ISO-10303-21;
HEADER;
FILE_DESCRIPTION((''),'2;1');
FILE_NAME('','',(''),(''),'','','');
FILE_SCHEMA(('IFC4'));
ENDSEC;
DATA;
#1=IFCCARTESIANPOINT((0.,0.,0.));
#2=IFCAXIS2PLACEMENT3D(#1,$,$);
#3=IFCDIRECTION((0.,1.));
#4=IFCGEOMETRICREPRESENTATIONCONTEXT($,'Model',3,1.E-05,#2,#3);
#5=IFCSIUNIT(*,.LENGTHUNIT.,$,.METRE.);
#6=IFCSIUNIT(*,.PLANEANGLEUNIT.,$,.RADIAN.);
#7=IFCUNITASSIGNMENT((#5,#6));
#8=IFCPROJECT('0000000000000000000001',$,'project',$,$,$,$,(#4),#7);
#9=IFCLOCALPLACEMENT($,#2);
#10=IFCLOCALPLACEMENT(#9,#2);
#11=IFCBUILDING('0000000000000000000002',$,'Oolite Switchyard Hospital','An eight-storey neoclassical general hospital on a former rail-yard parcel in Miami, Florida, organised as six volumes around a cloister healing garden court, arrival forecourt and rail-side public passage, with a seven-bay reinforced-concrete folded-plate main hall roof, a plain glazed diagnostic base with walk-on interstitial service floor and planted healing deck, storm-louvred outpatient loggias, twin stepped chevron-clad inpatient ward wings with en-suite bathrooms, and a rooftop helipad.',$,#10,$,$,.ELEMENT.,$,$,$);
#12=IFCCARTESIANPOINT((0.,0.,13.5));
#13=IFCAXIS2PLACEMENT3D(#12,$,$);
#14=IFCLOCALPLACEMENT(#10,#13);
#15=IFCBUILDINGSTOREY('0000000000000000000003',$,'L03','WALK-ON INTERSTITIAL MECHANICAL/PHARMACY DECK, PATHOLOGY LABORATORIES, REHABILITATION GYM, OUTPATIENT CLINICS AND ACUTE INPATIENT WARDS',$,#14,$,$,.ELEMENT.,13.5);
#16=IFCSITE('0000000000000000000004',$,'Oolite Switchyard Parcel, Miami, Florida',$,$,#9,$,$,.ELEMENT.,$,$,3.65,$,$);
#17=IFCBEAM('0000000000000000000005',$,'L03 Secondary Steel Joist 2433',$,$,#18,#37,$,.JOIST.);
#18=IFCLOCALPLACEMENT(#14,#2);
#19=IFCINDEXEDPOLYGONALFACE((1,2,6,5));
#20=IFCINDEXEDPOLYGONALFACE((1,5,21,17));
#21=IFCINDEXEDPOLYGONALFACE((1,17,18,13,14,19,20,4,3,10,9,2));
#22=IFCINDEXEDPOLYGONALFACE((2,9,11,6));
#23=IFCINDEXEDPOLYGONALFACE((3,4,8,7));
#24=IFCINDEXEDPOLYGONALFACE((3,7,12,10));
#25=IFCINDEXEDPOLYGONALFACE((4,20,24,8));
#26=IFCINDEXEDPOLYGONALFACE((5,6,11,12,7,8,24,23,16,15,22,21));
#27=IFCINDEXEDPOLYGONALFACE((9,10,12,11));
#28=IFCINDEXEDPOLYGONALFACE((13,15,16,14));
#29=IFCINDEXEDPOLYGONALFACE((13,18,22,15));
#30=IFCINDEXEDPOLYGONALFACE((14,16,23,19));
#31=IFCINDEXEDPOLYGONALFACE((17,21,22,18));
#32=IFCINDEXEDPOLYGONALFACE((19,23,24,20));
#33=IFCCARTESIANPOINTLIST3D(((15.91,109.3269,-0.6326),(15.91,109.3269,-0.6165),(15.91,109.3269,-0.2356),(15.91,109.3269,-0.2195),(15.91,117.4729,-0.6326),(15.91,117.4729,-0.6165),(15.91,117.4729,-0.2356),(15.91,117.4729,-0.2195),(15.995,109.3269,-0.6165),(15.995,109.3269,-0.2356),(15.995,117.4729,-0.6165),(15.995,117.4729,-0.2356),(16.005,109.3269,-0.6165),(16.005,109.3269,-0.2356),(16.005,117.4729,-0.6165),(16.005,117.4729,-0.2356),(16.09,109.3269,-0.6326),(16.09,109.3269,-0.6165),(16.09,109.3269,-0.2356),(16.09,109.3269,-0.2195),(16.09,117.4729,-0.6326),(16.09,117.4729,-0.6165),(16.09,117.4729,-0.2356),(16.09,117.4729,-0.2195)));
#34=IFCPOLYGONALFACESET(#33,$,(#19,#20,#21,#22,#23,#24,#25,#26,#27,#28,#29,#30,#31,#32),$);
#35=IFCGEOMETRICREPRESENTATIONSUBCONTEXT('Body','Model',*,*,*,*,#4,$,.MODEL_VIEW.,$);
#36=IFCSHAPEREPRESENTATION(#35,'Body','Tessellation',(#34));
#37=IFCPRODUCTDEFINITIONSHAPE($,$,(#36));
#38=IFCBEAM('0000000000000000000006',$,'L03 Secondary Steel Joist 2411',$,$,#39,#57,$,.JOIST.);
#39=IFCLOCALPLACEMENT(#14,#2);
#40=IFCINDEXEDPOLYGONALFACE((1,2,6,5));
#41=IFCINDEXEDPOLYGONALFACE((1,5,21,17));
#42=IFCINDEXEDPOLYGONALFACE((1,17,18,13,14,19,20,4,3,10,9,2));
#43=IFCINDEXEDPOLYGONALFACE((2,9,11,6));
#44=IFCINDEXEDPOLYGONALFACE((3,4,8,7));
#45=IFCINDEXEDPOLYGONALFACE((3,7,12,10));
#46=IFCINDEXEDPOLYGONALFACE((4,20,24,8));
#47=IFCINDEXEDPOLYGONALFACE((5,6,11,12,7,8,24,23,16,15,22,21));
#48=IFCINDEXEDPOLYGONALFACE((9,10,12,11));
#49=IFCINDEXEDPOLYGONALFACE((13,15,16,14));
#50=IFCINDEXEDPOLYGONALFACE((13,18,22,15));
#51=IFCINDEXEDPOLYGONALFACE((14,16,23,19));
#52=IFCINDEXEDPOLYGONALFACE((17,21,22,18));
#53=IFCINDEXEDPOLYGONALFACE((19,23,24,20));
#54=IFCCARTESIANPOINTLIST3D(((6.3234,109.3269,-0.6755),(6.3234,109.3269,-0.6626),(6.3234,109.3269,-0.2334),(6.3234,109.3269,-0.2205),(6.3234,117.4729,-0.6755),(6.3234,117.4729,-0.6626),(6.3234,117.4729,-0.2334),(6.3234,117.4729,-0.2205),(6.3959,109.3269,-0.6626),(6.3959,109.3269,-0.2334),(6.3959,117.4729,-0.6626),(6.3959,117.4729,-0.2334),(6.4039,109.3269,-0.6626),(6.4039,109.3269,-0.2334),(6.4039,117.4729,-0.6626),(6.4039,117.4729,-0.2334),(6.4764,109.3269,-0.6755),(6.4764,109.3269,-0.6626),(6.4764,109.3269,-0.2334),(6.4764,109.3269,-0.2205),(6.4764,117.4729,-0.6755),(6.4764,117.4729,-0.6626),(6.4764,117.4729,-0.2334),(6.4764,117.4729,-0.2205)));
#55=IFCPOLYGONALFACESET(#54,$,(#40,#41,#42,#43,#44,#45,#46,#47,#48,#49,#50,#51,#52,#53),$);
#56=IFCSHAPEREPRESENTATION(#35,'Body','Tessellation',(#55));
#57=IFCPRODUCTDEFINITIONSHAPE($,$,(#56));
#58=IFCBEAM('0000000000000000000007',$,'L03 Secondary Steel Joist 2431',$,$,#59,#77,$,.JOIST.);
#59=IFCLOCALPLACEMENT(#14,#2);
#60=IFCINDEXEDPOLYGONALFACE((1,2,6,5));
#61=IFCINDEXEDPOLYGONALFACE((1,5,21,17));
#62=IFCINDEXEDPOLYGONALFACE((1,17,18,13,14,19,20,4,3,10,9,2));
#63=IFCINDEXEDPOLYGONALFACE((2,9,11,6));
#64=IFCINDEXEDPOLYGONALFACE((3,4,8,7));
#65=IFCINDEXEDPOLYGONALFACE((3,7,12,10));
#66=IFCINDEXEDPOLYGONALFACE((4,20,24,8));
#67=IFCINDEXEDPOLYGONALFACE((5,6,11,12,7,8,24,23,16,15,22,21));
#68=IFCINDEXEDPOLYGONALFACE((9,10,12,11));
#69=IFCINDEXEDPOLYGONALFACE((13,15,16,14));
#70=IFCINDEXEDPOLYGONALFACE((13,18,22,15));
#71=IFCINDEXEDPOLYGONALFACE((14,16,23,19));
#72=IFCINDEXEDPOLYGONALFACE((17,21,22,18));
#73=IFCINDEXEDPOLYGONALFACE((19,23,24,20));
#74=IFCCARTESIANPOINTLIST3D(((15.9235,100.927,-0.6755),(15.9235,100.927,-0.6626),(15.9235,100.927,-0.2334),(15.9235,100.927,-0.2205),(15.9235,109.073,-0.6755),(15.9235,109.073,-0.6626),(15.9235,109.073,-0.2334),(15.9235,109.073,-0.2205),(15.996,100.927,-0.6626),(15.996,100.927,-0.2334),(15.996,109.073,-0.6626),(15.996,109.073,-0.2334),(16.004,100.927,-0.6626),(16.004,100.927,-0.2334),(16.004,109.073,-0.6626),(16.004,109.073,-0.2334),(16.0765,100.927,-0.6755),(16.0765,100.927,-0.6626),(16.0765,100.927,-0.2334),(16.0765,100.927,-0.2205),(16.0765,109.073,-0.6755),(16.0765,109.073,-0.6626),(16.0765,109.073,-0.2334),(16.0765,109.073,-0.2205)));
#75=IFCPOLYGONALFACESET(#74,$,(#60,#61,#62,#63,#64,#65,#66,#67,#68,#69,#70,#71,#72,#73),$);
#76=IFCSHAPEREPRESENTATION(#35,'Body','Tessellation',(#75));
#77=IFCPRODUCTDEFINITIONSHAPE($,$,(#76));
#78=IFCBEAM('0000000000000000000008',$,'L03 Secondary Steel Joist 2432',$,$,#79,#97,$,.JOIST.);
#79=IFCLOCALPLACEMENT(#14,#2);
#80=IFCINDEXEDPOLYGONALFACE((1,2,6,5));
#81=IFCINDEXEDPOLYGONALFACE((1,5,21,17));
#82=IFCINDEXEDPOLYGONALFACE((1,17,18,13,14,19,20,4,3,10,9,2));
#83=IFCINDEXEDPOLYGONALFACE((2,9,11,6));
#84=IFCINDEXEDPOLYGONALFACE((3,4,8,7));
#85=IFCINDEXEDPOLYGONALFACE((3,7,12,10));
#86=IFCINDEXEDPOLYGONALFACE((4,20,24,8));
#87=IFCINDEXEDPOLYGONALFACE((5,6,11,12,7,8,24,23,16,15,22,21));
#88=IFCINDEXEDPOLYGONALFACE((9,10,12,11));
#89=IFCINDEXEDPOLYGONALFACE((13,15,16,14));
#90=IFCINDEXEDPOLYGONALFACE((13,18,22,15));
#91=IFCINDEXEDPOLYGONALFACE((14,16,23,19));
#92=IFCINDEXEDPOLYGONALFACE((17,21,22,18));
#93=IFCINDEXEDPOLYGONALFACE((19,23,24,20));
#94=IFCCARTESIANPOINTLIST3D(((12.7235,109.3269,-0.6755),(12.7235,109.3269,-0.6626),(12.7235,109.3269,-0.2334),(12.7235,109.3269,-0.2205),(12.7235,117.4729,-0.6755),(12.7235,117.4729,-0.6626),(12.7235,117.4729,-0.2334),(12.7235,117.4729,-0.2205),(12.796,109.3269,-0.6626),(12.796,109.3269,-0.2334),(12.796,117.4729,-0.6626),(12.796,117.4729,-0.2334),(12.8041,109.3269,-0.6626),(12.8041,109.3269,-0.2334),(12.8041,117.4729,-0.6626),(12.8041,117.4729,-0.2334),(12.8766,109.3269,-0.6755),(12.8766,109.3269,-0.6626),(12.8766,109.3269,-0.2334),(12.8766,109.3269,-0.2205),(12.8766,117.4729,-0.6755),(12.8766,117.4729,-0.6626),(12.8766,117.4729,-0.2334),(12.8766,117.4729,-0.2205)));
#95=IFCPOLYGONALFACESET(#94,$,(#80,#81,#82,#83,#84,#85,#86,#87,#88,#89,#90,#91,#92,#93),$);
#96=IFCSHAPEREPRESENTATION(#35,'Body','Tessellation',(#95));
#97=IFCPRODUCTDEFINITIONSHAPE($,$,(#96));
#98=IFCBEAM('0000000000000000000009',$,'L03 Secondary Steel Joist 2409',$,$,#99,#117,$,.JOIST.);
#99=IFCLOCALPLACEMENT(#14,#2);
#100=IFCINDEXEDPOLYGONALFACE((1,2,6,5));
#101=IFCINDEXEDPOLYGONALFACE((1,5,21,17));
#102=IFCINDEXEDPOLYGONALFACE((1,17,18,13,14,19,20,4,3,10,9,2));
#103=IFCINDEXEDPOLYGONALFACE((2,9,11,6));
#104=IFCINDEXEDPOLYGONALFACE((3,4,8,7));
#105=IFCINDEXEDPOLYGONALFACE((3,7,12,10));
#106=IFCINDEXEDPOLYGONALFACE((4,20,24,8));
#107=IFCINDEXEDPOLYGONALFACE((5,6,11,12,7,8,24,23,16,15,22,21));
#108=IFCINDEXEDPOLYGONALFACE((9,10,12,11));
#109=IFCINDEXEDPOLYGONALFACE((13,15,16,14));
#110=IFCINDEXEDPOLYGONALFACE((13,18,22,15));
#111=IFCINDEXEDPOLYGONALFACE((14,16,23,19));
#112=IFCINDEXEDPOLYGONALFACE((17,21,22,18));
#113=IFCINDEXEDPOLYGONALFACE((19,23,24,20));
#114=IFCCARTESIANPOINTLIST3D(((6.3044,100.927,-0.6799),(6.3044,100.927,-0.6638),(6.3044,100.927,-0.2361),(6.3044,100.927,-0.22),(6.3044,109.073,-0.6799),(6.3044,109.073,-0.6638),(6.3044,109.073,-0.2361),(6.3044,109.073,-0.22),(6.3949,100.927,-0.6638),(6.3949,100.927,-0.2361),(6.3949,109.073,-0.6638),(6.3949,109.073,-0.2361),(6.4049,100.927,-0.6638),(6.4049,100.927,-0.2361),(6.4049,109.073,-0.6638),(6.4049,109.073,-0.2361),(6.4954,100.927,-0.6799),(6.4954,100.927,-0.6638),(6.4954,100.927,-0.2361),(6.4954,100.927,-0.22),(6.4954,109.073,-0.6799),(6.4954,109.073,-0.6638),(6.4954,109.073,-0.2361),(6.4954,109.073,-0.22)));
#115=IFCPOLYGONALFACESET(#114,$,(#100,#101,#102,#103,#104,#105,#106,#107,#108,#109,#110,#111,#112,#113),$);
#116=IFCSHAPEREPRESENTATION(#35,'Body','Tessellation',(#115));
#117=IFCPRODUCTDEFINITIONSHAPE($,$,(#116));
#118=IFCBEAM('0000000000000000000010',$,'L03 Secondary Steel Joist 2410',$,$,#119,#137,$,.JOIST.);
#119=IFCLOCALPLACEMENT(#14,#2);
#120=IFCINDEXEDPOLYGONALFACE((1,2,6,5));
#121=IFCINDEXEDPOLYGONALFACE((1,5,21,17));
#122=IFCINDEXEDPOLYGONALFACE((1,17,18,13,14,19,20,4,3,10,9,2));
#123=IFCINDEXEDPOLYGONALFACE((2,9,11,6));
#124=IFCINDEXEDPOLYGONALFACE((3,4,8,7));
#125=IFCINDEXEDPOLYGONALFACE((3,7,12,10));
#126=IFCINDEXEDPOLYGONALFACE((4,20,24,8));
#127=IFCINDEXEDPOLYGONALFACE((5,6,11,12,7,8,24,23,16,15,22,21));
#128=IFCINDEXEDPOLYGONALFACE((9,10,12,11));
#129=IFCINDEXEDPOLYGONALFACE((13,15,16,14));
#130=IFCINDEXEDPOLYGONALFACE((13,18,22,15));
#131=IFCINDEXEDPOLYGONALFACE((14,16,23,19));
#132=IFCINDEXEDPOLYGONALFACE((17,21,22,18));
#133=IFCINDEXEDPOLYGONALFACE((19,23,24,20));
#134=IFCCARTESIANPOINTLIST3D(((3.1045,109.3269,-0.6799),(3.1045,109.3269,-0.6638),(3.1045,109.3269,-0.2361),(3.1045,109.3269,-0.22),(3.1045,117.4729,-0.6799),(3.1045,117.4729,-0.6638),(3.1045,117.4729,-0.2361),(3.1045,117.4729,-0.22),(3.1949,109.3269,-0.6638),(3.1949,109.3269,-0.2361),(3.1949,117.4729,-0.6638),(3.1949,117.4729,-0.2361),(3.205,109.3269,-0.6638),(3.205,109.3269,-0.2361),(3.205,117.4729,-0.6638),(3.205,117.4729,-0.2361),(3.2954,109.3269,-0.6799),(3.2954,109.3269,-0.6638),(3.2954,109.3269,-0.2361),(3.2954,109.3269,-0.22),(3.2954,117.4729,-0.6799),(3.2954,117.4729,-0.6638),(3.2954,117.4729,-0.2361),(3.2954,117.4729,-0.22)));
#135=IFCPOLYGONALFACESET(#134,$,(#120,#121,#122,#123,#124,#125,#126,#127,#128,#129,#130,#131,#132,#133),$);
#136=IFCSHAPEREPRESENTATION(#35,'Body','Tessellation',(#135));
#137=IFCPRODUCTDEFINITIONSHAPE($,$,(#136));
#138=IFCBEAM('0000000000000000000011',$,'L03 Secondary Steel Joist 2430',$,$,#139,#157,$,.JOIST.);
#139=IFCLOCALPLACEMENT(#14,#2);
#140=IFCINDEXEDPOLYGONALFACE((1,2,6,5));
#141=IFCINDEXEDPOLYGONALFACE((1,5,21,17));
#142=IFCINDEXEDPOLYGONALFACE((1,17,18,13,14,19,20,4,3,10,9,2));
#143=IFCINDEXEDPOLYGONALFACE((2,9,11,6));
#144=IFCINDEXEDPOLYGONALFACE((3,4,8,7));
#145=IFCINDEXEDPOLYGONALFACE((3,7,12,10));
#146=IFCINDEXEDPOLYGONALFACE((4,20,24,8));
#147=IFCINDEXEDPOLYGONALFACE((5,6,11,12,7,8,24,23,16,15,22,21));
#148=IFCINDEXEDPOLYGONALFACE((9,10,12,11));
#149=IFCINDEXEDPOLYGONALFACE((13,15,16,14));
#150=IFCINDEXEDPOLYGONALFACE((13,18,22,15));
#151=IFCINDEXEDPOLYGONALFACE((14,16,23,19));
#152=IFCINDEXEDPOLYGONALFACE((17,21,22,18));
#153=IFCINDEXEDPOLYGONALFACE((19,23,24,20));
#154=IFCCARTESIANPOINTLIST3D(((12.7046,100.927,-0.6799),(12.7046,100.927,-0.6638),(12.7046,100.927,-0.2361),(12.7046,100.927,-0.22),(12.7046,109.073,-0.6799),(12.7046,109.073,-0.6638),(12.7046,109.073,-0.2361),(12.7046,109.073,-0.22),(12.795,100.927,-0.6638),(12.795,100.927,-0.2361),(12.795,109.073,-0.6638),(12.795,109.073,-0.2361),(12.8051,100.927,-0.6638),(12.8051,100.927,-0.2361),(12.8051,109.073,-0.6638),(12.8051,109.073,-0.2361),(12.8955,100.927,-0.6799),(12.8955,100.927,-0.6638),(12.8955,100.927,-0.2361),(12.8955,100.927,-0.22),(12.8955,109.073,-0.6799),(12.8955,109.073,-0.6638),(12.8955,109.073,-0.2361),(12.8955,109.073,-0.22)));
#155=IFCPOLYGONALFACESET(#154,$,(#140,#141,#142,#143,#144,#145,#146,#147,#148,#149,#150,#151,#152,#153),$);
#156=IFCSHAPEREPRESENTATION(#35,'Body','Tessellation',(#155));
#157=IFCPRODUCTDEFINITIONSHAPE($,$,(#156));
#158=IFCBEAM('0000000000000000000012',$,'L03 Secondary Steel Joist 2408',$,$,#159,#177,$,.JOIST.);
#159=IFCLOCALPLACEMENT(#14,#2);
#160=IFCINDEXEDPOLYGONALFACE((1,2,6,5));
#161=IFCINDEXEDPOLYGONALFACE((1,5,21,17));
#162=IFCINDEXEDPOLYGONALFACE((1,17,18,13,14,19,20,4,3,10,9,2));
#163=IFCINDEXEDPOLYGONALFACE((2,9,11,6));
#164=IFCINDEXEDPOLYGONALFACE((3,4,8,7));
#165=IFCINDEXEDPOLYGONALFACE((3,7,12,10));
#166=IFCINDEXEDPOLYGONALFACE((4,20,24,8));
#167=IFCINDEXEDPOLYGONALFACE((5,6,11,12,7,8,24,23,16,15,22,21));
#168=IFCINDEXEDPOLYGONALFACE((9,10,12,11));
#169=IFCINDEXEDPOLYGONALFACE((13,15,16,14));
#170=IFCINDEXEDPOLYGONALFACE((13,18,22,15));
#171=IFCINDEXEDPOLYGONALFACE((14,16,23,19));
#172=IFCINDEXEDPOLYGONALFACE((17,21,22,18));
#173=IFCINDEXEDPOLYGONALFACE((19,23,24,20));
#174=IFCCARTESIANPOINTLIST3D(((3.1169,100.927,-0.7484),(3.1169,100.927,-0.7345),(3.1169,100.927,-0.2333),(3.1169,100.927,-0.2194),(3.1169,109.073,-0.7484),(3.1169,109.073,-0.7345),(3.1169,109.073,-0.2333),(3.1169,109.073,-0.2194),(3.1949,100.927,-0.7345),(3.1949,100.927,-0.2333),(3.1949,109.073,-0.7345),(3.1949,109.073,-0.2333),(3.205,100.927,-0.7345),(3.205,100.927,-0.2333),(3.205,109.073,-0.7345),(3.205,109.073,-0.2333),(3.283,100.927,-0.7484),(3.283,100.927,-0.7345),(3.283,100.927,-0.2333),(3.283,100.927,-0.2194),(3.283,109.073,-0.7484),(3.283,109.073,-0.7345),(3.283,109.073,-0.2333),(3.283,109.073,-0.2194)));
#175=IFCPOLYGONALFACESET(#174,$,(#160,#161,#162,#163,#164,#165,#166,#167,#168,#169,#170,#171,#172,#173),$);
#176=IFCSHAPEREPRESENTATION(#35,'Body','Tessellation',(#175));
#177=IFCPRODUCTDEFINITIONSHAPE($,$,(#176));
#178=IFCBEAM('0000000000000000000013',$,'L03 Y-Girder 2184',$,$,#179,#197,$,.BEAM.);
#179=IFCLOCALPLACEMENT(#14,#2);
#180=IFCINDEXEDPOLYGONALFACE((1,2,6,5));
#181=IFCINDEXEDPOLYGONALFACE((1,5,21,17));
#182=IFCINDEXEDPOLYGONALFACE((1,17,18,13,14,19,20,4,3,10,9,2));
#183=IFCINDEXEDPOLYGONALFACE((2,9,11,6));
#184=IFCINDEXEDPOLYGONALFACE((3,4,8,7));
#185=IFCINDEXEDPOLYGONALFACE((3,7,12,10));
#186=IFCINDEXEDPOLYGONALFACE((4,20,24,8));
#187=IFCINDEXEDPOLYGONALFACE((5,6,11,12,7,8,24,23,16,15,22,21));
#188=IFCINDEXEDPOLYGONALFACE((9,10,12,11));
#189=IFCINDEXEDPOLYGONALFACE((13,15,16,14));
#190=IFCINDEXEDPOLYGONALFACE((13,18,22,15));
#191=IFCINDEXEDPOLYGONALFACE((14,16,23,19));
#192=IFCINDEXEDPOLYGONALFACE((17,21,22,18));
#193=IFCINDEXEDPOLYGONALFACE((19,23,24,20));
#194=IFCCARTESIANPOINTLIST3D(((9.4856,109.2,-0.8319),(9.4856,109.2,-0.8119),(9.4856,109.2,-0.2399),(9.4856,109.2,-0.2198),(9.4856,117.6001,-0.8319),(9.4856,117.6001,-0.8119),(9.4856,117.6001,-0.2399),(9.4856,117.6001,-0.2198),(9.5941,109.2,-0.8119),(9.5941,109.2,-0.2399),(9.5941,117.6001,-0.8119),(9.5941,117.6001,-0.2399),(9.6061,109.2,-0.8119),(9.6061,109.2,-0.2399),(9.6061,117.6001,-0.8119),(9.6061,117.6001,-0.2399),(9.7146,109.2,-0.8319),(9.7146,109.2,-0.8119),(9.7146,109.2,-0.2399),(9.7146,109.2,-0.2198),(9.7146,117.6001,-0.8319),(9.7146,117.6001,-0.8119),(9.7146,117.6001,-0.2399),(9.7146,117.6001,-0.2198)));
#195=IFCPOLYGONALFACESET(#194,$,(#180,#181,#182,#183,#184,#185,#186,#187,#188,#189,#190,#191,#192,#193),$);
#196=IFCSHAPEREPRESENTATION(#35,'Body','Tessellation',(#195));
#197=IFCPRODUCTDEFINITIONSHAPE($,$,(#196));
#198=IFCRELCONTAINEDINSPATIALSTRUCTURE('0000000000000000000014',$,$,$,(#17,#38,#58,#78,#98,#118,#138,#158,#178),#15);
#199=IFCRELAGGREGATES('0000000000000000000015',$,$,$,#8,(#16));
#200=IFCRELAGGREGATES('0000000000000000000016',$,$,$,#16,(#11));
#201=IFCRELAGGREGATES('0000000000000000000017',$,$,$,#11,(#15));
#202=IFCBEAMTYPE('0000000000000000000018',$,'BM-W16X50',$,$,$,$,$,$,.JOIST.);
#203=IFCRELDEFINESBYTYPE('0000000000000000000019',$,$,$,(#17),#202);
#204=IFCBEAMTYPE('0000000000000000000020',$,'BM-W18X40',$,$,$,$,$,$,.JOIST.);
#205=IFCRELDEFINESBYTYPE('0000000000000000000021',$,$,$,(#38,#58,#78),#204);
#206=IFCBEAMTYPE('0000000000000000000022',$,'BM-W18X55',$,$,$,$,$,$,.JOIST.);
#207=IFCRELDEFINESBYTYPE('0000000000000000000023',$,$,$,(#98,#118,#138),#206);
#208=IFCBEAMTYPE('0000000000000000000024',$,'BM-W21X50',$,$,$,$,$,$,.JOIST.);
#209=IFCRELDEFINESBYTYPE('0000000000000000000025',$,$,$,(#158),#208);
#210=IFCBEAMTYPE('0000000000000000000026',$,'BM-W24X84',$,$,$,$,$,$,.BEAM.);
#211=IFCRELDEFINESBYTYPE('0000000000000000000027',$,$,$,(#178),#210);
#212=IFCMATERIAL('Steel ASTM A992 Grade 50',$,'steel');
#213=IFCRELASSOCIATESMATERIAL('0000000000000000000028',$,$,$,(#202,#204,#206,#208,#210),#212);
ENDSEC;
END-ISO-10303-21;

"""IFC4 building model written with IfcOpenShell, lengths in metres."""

from ifc_helpers import new_model, si_unit, direction, frame, origin, origin_2d, place, context, subcontext, project, spatial, i_section, extrude, material, material_profile, profile_set, type_object, element, save


model = new_model("IFC4")

# Units and contexts
model_context = context("Model", 3, precision=1e-05, world=origin(), true_north=direction((0.0, 1.0)))
body_context = subcontext(model_context, "Body", "Model", "MODEL_VIEW")
ifc_project = project(units=[si_unit("LENGTHUNIT", "METRE"), si_unit("PLANEANGLEUNIT", "RADIAN")], contexts=[model_context])

# Site, building, storey
site_placement = place(None, origin())
site = spatial("IfcSite", under=ifc_project, at=site_placement, Name="Oolite Switchyard Parcel, Miami, Florida", CompositionType="ELEMENT", RefElevation=3.65)
building_placement = place(site_placement, origin())
building = spatial("IfcBuilding", under=site, at=building_placement, Name="Oolite Switchyard Hospital", Description="An eight-storey neoclassical general hospital on a former rail-yard parcel in Miami, Florida, organised as six volumes around a cloister healing garden court, arrival forecourt and rail-side public passage, with a seven-bay reinforced-concrete folded-plate main hall roof, a plain glazed diagnostic base with walk-on interstitial service floor and planted healing deck, storm-louvred outpatient loggias, twin stepped chevron-clad inpatient ward wings with en-suite bathrooms, and a rooftop helipad.", CompositionType="ELEMENT")
storey_placement = place(building_placement, frame((0.0, 0.0, 13.5)))
storey = spatial("IfcBuildingStorey", under=building, at=storey_placement, Name="L03", Description="WALK-ON INTERSTITIAL MECHANICAL/PHARMACY DECK, PATHOLOGY LABORATORIES, REHABILITATION GYM, OUTPATIENT CLINICS AND ACUTE INPATIENT WARDS", CompositionType="ELEMENT", Elevation=13.5)

# Beams
ifc_material_1 = material(Name="Steel ASTM A992 Grade 50", Category="steel")
ifc_material_profile_1 = material_profile(ifc_material_1, i_section(OverallWidth=0.1799, OverallDepth=0.4131, WebThickness=0.01, FlangeThickness=0.0161, at=origin_2d()), Name="W16X50")
ifc_profile_set_1 = profile_set([ifc_material_profile_1], Name="Steel ASTM A992 Grade 50")
beam_type_1 = type_object("IfcBeamType", Name="BM-W16X50", PredefinedType="JOIST", material=ifc_profile_set_1)
beam_1_placement = place(storey_placement, frame((16.0, 109.3269, -0.426), z_axis=(0.0, 1.0, 0.0), x_axis=(-1.0, 0.0, 0.0)))
element("IfcBeam", 1, at=beam_1_placement, inside=storey, type_object=beam_type_1, Name="L03 Secondary Steel Joist 2433", PredefinedType="JOIST", context=body_context, shape_type="SweptSolid", body=[
    extrude(i_section(OverallWidth=0.1799, OverallDepth=0.4131, WebThickness=0.01, FlangeThickness=0.0161, at=origin_2d()), origin(), (0.0, 0.0, 1.0), 8.146),
])
ifc_material_profile_2 = material_profile(ifc_material_1, i_section(OverallWidth=0.1531, OverallDepth=0.4551, WebThickness=0.0081, FlangeThickness=0.0129, at=origin_2d()), Name="W18X40")
ifc_profile_set_2 = profile_set([ifc_material_profile_2], Name="Steel ASTM A992 Grade 50")
beam_type_2 = type_object("IfcBeamType", Name="BM-W18X40", PredefinedType="JOIST", material=ifc_profile_set_2)
for number, where, z_axis, x_axis, name in (
    (2, (6.3999, 109.3269, -0.448), (0.0, 1.0, 0.0), (-1.0, 0.0, 0.0), "L03 Secondary Steel Joist 2411"),
    (3, (16.0, 100.927, -0.448), (0.0, 1.0, 0.0), (-1.0, 0.0, 0.0), "L03 Secondary Steel Joist 2431"),
    (4, (12.8, 109.3269, -0.448), (0.0, 1.0, 0.0), (-1.0, 0.0, 0.0), "L03 Secondary Steel Joist 2432"),
):
    element("IfcBeam", number, at=place(storey_placement, frame(where, z_axis=z_axis, x_axis=x_axis)), inside=storey, type_object=beam_type_2, Name=name, PredefinedType="JOIST", context=body_context, shape_type="SweptSolid", body=[
        extrude(i_section(OverallWidth=0.1531, OverallDepth=0.4551, WebThickness=0.0081, FlangeThickness=0.0129, at=origin_2d()), origin(), (0.0, 0.0, 1.0), 8.146),
    ])
ifc_material_profile_3 = material_profile(ifc_material_1, i_section(OverallWidth=0.1909, OverallDepth=0.46, WebThickness=0.01, FlangeThickness=0.0161, at=origin_2d()), Name="W18X55")
ifc_profile_set_3 = profile_set([ifc_material_profile_3], Name="Steel ASTM A992 Grade 50")
beam_type_3 = type_object("IfcBeamType", Name="BM-W18X55", PredefinedType="JOIST", material=ifc_profile_set_3)
for number, where, z_axis, x_axis, name in (
    (5, (6.3999, 100.927, -0.45), (0.0, 1.0, 0.0), (-1.0, 0.0, 0.0), "L03 Secondary Steel Joist 2409"),
    (6, (3.2, 109.3269, -0.45), (0.0, 1.0, 0.0), (-1.0, 0.0, 0.0), "L03 Secondary Steel Joist 2410"),
    (7, (12.8, 100.927, -0.45), (0.0, 1.0, 0.0), (-1.0, 0.0, 0.0), "L03 Secondary Steel Joist 2430"),
):
    element("IfcBeam", number, at=place(storey_placement, frame(where, z_axis=z_axis, x_axis=x_axis)), inside=storey, type_object=beam_type_3, Name=name, PredefinedType="JOIST", context=body_context, shape_type="SweptSolid", body=[
        extrude(i_section(OverallWidth=0.1909, OverallDepth=0.46, WebThickness=0.01, FlangeThickness=0.0161, at=origin_2d()), origin(), (0.0, 0.0, 1.0), 8.146),
    ])
ifc_material_profile_4 = material_profile(ifc_material_1, i_section(OverallWidth=0.166, OverallDepth=0.5291, WebThickness=0.01, FlangeThickness=0.0139, at=origin_2d()), Name="W21X50")
ifc_profile_set_4 = profile_set([ifc_material_profile_4], Name="Steel ASTM A992 Grade 50")
beam_type_4 = type_object("IfcBeamType", Name="BM-W21X50", PredefinedType="JOIST", material=ifc_profile_set_4)
beam_2_placement = place(storey_placement, frame((3.2, 100.927, -0.4839), z_axis=(0.0, 1.0, 0.0), x_axis=(-1.0, 0.0, 0.0)))
element("IfcBeam", 8, at=beam_2_placement, inside=storey, type_object=beam_type_4, Name="L03 Secondary Steel Joist 2408", PredefinedType="JOIST", context=body_context, shape_type="SweptSolid", body=[
    extrude(i_section(OverallWidth=0.166, OverallDepth=0.5291, WebThickness=0.01, FlangeThickness=0.0139, at=origin_2d()), origin(), (0.0, 0.0, 1.0), 8.146),
])
ifc_material_profile_5 = material_profile(ifc_material_1, i_section(OverallWidth=0.229, OverallDepth=0.6121, WebThickness=0.012, FlangeThickness=0.02, at=origin_2d()), Name="W24X84")
ifc_profile_set_5 = profile_set([ifc_material_profile_5], Name="Steel ASTM A992 Grade 50")
beam_type_5 = type_object("IfcBeamType", Name="BM-W24X84", PredefinedType="BEAM", material=ifc_profile_set_5)
beam_3_placement = place(storey_placement, frame((9.6001, 109.2, -0.5259), z_axis=(0.0, 1.0, 0.0), x_axis=(-1.0, 0.0, 0.0)))
element("IfcBeam", 9, at=beam_3_placement, inside=storey, type_object=beam_type_5, Name="L03 Y-Girder 2184", PredefinedType="BEAM", context=body_context, shape_type="SweptSolid", body=[
    extrude(i_section(OverallWidth=0.229, OverallDepth=0.6121, WebThickness=0.012, FlangeThickness=0.02, at=origin_2d()), origin(), (0.0, 0.0, 1.0), 8.4001),
])

save(model, "model.ifc")
